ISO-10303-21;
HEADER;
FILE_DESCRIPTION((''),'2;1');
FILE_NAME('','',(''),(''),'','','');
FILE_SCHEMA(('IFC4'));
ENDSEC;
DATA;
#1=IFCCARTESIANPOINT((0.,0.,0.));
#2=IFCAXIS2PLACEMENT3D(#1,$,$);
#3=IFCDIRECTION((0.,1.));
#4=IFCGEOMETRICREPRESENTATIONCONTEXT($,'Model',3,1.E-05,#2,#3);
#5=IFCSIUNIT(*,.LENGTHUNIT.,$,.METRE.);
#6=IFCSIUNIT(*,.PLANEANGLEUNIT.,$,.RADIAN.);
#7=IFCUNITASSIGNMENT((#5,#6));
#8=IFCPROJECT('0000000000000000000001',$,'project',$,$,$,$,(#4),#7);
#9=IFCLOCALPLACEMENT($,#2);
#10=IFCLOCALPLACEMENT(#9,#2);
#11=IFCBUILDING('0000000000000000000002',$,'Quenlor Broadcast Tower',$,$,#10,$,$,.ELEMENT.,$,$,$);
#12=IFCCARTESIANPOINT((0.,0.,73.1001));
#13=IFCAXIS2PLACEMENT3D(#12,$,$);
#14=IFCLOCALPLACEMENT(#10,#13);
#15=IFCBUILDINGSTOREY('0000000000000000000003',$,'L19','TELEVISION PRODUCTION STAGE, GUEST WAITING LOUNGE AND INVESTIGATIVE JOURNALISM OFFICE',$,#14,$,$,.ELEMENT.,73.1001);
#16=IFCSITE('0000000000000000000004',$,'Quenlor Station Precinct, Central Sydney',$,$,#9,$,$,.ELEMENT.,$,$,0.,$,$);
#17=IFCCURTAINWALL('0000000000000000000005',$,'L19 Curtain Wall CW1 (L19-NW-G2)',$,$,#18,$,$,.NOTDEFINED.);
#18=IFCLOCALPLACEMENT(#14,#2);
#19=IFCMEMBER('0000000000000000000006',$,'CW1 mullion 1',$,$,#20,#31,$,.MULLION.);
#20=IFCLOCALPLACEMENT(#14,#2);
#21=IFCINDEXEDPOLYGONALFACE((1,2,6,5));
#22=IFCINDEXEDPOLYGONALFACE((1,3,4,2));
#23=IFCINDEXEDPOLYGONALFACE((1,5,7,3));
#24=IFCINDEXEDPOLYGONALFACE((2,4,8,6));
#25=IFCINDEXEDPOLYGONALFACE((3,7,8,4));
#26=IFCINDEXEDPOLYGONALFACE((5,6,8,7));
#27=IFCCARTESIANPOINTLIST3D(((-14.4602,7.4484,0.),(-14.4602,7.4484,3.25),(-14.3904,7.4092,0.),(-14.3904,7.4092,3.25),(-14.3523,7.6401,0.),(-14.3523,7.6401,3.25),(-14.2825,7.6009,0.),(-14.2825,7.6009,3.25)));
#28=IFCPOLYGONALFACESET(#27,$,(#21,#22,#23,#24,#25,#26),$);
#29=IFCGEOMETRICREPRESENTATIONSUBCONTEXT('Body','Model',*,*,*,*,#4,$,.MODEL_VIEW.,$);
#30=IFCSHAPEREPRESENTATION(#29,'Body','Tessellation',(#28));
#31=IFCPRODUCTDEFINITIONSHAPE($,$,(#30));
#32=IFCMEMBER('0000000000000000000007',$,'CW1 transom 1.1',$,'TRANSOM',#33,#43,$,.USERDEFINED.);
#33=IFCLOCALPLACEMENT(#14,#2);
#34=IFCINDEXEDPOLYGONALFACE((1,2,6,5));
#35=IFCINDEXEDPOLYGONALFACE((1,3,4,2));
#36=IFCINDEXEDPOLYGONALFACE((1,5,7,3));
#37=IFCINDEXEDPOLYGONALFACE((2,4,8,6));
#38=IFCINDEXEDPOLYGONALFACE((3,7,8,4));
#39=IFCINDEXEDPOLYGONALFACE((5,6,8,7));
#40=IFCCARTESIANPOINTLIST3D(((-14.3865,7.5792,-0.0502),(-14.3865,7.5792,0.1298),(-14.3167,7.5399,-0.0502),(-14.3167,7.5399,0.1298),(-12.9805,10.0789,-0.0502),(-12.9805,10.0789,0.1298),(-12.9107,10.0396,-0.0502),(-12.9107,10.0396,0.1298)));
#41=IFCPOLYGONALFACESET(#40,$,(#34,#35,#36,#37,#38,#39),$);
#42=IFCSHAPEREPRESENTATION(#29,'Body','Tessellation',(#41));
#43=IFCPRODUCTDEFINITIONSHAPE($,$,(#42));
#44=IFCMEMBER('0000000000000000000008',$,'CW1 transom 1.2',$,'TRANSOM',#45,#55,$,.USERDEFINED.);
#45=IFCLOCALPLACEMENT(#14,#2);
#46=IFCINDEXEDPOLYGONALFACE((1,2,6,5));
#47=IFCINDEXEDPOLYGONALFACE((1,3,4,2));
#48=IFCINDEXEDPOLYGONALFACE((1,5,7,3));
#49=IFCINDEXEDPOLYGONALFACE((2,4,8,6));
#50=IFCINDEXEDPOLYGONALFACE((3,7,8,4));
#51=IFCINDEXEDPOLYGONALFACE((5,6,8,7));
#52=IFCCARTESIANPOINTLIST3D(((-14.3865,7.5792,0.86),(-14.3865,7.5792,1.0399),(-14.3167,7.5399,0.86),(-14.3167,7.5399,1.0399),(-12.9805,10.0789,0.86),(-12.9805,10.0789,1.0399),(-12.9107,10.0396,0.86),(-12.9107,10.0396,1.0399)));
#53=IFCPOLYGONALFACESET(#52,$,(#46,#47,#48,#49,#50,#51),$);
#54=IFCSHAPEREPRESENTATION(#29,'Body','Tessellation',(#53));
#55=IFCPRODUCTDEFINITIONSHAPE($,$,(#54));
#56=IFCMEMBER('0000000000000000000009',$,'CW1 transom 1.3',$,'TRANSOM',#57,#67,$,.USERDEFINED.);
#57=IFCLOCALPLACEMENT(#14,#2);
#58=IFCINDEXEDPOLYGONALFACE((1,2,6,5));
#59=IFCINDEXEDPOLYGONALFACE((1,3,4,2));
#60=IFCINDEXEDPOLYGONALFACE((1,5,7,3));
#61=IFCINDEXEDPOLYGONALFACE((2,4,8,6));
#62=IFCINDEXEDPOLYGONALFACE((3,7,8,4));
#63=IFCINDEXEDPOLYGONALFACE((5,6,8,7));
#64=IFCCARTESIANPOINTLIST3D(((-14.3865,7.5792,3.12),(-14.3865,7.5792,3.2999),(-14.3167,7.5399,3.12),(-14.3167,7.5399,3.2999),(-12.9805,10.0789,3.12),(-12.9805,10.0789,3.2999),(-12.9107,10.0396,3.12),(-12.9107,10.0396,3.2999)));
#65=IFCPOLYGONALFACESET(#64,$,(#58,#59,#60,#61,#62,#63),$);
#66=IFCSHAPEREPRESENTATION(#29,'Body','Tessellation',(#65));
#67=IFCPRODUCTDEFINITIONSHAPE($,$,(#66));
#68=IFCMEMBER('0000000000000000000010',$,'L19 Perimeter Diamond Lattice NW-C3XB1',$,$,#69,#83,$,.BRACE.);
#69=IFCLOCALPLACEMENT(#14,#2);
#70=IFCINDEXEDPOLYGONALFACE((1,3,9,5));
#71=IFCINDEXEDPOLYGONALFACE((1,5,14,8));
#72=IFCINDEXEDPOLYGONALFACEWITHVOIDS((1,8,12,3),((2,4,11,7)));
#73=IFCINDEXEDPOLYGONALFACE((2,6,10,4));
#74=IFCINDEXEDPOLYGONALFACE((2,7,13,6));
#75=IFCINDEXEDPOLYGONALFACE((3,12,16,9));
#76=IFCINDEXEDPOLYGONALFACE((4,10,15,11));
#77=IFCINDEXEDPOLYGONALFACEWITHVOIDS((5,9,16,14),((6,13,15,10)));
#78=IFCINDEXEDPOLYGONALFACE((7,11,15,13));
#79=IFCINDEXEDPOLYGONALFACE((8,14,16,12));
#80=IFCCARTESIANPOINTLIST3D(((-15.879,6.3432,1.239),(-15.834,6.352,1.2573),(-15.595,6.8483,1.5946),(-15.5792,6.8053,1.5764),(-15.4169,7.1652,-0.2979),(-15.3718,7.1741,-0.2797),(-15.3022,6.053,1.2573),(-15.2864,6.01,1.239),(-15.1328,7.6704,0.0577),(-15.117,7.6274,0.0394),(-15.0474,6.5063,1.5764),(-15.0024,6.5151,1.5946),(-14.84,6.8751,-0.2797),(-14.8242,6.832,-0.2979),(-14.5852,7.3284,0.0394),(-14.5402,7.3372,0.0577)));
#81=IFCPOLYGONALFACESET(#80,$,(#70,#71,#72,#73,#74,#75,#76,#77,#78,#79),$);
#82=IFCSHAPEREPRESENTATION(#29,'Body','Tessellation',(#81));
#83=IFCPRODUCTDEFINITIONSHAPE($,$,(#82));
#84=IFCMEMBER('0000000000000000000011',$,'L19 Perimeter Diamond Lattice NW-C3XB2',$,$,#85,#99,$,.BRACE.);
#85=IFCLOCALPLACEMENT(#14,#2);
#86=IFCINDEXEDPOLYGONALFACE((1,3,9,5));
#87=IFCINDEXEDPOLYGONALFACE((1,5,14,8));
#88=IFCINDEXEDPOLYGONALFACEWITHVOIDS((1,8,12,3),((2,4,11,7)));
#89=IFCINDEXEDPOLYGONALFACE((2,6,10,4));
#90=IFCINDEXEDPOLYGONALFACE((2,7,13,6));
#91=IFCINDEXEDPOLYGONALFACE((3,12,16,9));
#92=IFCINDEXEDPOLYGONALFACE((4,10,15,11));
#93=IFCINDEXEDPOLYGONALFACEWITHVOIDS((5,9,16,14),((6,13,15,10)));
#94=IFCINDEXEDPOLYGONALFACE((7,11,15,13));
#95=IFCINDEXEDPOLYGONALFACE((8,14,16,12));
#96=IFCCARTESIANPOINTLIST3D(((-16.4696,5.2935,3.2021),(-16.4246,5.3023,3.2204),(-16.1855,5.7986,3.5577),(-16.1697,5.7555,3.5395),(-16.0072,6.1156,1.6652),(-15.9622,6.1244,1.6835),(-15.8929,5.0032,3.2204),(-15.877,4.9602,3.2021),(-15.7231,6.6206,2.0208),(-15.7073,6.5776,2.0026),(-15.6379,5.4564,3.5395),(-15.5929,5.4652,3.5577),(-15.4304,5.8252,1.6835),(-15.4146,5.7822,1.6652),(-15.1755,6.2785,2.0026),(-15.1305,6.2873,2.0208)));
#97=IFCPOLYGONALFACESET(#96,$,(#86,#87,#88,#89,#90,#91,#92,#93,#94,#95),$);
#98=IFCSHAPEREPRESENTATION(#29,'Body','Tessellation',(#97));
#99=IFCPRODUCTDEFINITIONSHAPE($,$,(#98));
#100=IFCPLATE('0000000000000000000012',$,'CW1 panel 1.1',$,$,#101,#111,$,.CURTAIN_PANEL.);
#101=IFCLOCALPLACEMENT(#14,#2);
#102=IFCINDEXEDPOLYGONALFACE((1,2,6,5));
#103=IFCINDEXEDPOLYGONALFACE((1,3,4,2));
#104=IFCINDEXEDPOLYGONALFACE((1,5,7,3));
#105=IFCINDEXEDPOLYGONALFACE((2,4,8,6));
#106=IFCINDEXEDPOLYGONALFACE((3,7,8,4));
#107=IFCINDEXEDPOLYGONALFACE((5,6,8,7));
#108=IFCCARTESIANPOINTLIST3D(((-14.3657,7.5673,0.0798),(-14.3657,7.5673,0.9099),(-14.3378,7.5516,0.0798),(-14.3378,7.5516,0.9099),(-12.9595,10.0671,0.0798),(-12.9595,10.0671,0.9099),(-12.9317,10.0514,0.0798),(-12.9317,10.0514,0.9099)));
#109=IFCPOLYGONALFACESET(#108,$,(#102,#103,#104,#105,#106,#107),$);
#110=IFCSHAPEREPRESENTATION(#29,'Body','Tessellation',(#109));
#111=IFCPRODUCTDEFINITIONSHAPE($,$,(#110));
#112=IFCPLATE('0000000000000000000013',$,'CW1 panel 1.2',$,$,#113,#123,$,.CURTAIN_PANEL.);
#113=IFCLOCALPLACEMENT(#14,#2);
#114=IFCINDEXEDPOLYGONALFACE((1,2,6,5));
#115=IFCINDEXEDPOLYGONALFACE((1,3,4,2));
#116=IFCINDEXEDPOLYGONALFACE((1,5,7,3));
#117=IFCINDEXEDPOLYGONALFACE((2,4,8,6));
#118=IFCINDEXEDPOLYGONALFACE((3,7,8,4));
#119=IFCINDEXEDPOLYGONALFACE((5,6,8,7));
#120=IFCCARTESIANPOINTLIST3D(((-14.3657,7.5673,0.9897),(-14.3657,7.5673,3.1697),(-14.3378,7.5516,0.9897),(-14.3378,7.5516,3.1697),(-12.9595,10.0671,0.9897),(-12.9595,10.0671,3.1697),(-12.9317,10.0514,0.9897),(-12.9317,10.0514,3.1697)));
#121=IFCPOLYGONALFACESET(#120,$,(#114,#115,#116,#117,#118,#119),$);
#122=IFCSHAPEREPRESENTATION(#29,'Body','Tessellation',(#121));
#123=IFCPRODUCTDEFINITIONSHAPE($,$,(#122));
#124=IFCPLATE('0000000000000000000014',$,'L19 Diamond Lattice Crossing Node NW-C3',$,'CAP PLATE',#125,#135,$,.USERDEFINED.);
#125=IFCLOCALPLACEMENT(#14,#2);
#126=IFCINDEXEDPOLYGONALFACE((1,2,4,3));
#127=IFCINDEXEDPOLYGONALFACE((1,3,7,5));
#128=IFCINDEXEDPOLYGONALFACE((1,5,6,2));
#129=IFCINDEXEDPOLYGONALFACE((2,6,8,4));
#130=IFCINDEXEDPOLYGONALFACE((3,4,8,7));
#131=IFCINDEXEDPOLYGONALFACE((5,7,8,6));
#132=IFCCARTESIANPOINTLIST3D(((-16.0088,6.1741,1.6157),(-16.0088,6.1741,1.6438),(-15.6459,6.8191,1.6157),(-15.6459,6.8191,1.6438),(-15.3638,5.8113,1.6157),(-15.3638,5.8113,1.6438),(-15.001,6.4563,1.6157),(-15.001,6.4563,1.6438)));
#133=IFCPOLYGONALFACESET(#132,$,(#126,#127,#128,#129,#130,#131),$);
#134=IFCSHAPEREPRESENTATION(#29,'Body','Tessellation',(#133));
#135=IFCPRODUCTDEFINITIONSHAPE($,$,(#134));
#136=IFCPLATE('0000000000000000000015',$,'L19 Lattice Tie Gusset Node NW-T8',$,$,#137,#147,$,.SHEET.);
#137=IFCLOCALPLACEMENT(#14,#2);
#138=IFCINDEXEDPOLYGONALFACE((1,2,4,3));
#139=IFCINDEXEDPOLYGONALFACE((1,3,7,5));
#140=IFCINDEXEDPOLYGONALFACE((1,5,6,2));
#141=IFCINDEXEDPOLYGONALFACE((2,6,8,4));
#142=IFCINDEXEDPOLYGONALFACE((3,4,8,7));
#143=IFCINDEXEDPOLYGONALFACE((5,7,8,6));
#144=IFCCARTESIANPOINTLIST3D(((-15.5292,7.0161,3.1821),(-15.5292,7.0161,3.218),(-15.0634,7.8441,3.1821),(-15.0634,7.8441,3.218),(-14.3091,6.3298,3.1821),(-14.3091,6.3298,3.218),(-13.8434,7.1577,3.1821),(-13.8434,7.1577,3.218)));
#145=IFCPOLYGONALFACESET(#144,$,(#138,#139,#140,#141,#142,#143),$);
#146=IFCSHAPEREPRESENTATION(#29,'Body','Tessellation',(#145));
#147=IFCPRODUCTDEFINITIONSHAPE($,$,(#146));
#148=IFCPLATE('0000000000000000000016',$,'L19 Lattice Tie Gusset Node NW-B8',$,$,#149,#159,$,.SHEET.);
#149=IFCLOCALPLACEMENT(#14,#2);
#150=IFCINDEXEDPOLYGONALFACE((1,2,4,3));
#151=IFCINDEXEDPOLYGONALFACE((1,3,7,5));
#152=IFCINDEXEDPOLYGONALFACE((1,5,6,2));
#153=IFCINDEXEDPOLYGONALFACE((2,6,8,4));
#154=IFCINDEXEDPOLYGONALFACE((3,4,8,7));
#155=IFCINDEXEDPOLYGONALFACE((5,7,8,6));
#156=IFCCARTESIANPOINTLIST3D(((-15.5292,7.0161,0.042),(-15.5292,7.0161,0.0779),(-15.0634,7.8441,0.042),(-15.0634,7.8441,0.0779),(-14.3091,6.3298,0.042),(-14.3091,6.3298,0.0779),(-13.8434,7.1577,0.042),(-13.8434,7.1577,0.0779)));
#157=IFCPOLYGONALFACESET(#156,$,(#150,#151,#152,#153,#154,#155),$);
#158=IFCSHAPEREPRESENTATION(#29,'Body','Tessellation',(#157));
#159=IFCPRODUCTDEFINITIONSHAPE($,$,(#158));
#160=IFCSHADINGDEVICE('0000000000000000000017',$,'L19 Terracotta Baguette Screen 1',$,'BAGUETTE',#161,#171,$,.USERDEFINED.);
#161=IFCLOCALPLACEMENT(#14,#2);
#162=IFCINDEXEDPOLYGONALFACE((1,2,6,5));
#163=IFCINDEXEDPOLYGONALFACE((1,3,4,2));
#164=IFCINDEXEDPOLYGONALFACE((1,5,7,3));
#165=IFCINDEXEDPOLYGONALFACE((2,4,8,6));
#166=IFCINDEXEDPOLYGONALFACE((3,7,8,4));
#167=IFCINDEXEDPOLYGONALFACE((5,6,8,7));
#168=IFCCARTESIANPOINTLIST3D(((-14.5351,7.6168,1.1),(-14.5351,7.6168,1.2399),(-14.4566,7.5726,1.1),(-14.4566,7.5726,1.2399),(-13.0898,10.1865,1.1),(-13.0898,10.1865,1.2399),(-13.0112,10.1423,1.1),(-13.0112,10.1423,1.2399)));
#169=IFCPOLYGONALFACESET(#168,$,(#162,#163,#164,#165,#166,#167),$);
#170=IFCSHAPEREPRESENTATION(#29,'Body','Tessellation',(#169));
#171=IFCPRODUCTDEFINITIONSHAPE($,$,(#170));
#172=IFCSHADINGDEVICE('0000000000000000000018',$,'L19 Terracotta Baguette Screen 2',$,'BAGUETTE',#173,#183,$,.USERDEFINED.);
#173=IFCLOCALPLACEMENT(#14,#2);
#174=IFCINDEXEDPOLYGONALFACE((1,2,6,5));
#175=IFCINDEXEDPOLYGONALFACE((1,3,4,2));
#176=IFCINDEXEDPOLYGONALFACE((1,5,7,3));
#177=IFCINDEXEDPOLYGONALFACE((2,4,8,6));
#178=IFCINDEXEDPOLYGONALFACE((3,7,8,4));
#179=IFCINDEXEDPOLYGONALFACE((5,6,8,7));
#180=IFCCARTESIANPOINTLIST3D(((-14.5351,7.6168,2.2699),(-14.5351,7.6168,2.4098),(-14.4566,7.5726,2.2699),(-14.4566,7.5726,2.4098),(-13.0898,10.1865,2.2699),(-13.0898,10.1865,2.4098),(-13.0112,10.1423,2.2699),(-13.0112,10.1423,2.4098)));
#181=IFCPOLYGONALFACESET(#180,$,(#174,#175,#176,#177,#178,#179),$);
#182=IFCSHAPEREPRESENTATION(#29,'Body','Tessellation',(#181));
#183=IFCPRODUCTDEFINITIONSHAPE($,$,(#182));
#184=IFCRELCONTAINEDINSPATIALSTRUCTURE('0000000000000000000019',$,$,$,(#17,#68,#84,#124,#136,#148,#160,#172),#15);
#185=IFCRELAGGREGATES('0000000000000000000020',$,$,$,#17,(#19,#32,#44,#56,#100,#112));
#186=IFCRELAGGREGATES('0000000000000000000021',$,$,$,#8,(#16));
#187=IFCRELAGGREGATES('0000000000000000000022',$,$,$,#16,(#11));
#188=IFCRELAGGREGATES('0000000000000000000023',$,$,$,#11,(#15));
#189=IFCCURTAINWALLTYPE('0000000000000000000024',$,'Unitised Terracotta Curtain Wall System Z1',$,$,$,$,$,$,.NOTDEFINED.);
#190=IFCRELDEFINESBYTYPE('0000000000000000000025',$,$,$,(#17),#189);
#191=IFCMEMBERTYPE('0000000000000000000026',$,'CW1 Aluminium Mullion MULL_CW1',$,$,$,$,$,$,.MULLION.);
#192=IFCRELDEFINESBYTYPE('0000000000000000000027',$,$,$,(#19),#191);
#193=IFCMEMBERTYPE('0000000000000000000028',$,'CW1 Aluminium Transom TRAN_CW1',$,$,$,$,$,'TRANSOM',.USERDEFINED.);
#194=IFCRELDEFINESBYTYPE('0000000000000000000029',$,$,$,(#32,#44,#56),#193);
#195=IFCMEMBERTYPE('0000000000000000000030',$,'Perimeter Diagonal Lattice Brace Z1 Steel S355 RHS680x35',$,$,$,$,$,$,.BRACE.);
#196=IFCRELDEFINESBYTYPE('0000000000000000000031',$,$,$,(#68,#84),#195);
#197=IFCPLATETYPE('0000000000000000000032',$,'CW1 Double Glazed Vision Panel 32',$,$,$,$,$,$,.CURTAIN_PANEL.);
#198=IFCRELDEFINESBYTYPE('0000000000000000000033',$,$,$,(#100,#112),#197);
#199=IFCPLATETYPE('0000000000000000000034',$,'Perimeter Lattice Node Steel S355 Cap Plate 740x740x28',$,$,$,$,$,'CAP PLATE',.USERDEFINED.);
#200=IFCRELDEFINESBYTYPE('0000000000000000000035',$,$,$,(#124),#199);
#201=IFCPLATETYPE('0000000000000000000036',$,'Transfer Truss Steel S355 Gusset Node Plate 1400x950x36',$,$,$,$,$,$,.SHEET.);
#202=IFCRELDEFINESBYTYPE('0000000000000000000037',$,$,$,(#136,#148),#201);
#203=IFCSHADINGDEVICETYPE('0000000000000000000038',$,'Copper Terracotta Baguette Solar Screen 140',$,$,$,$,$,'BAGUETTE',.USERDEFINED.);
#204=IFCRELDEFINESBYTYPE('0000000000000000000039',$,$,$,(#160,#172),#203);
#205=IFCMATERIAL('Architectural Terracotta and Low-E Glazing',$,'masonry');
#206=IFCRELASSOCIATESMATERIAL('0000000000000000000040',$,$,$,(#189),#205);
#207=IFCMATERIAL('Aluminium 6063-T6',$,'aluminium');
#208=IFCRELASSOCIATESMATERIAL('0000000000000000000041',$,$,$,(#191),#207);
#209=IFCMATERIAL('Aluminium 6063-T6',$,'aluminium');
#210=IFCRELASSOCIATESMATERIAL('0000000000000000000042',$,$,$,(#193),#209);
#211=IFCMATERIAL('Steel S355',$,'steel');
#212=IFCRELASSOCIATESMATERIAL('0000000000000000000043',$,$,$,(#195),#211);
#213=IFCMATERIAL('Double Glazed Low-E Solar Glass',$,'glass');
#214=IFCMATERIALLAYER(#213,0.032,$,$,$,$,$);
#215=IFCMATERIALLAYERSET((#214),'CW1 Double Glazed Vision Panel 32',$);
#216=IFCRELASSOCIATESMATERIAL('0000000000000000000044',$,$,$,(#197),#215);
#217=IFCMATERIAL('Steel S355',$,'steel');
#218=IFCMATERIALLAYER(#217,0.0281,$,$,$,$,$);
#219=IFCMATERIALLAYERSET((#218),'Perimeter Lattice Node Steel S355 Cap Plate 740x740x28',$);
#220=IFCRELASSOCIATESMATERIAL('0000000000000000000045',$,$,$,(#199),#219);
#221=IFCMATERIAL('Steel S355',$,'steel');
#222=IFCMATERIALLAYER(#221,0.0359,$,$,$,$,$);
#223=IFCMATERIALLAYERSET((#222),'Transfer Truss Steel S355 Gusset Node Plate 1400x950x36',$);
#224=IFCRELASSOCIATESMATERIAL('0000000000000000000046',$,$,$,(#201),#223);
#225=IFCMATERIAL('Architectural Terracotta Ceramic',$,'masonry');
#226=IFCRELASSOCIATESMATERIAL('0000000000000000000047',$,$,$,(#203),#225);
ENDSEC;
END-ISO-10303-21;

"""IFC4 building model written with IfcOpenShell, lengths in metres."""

from ifc_helpers import new_model, si_unit, direction, frame, origin, origin_2d, place, context, subcontext, project, spatial, rectangle, hollow_rectangle, extrude, material, layer, layer_set, material_profile, profile_set, type_object, element, aggregate, save


model = new_model("IFC4")

# Units and contexts
model_context = context("Model", 3, precision=1e-05, world=origin(), true_north=direction((0.0, 1.0)))
body_context = subcontext(model_context, "Body", "Model", "MODEL_VIEW")
ifc_project = project(units=[si_unit("LENGTHUNIT", "METRE"), si_unit("PLANEANGLEUNIT", "RADIAN")], contexts=[model_context])

# Site, building, storey
site_placement = place(None, origin())
site = spatial("IfcSite", under=ifc_project, at=site_placement, Name="Quenlor Station Precinct, Central Sydney", CompositionType="ELEMENT", RefElevation=0.0)
building_placement = place(site_placement, origin())
building = spatial("IfcBuilding", under=site, at=building_placement, Name="Quenlor Broadcast Tower", CompositionType="ELEMENT")
storey_placement = place(building_placement, frame((0.0, 0.0, 73.1001)))
storey = spatial("IfcBuildingStorey", under=building, at=storey_placement, Name="L19", Description="TELEVISION PRODUCTION STAGE, GUEST WAITING LOUNGE AND INVESTIGATIVE JOURNALISM OFFICE", CompositionType="ELEMENT", Elevation=73.1001)

# Curtain wall, members
ifc_material_1 = material(Name="Architectural Terracotta and Low-E Glazing", Category="masonry")
curtain_wall_type = type_object("IfcCurtainWallType", Name="Unitised Terracotta Curtain Wall System Z1", PredefinedType="NOTDEFINED", material=ifc_material_1)
curtain_wall_placement = place(storey_placement, origin())
curtain_wall = element("IfcCurtainWall", 1, at=curtain_wall_placement, inside=storey, type_object=curtain_wall_type, Name="L19 Curtain Wall CW1 (L19-NW-G2)", PredefinedType="NOTDEFINED")
ifc_material_2 = material(Name="Aluminium 6063-T6", Category="aluminium")
ifc_material_profile_1 = material_profile(ifc_material_2, rectangle(XDim=0.0801, YDim=0.22, at=origin_2d()))
ifc_profile_set_1 = profile_set([ifc_material_profile_1], Name="Aluminium 6063-T6 MULL80x220")
member_type_1 = type_object("IfcMemberType", Name="CW1 Aluminium Mullion MULL_CW1", PredefinedType="MULLION", material=ifc_profile_set_1)
member_1_placement = place(storey_placement, frame((-14.3713, 7.5247, 0.0), z_axis=(0.0, 0.0, 1.0), x_axis=(-0.871568, 0.490274, 0.0)))
member_1 = element("IfcMember", 2, at=member_1_placement, type_object=member_type_1, Name="CW1 mullion 1", PredefinedType="MULLION", context=body_context, shape_type="SweptSolid", body=[
    extrude(rectangle(XDim=0.0801, YDim=0.22, at=origin_2d()), origin(), (0.0, 0.0, 1.0), 3.25),
])
ifc_material_3 = material(Name="Aluminium 6063-T6", Category="aluminium")
ifc_material_profile_2 = material_profile(ifc_material_3, rectangle(XDim=0.0801, YDim=0.1799, at=origin_2d()))
ifc_profile_set_2 = profile_set([ifc_material_profile_2], Name="Aluminium 6063-T6 TRAN80x180")
member_type_2 = type_object("IfcMemberType", Name="CW1 Aluminium Transom TRAN_CW1", ElementType="TRANSOM", PredefinedType="USERDEFINED", material=ifc_profile_set_2)
member_2_placement = place(storey_placement, frame((-14.3516, 7.5596, 0.0398), z_axis=(0.490233, 0.871591, 0.0), x_axis=(-0.871591, 0.490233, 0.0)))
member_2 = element("IfcMember", 3, at=member_2_placement, type_object=member_type_2, Name="CW1 transom 1.1", ObjectType="TRANSOM", PredefinedType="USERDEFINED", context=body_context, shape_type="SweptSolid", body=[
    extrude(rectangle(XDim=0.0801, YDim=0.1799, at=origin_2d()), origin(), (0.0, 0.0, 1.0), 2.8679),
])
member_3_placement = place(storey_placement, frame((-14.3516, 7.5596, 0.95), z_axis=(0.490233, 0.871591, 0.0), x_axis=(-0.871591, 0.490233, 0.0)))
member_3 = element("IfcMember", 4, at=member_3_placement, type_object=member_type_2, Name="CW1 transom 1.2", ObjectType="TRANSOM", PredefinedType="USERDEFINED", context=body_context, shape_type="SweptSolid", body=[
    extrude(rectangle(XDim=0.0801, YDim=0.1799, at=origin_2d()), origin(), (0.0, 0.0, 1.0), 2.8679),
])
member_4_placement = place(storey_placement, frame((-14.3516, 7.5596, 3.21), z_axis=(0.490233, 0.871591, 0.0), x_axis=(-0.871591, 0.490233, 0.0)))
member_4 = element("IfcMember", 5, at=member_4_placement, type_object=member_type_2, Name="CW1 transom 1.3", ObjectType="TRANSOM", PredefinedType="USERDEFINED", context=body_context, shape_type="SweptSolid", body=[
    extrude(rectangle(XDim=0.0801, YDim=0.1799, at=origin_2d()), origin(), (0.0, 0.0, 1.0), 2.8679),
])

# Members
ifc_material_4 = material(Name="Steel S355", Category="steel")
ifc_material_profile_3 = material_profile(ifc_material_4, hollow_rectangle(XDim=0.6799, YDim=0.6799, WallThickness=0.0349, at=origin_2d()))
ifc_profile_set_3 = profile_set([ifc_material_profile_3], Name="Steel S355 RHS680x680x35")
member_type_3 = type_object("IfcMemberType", Name="Perimeter Diagonal Lattice Brace Z1 Steel S355 RHS680x35", PredefinedType="BRACE", material=ifc_profile_set_3)
for number, where, z_axis, x_axis, name in (
    (6, (-14.9785, 7.2512, -0.1201), (-0.256309, -0.455887, 0.852334), (0.871679, -0.490077, 0.0), "L19 Perimeter Diamond Lattice NW-C3XB1"),
    (7, (-15.5688, 6.2014, 1.843), (-0.256436, -0.455871, 0.852304), (0.871569, -0.490274, 0.0), "L19 Perimeter Diamond Lattice NW-C3XB2"),
):
    element("IfcMember", number, at=place(storey_placement, frame(where, z_axis=z_axis, x_axis=x_axis)), inside=storey, type_object=member_type_3, Name=name, PredefinedType="BRACE", context=body_context, shape_type="SweptSolid", body=[
        extrude(hollow_rectangle(XDim=0.6799, YDim=0.6799, WallThickness=0.0349, at=origin_2d()), origin(), (0.0, 0.0, 1.0), 1.8032),
    ])

# Plates
ifc_material_5 = material(Name="Double Glazed Low-E Solar Glass", Category="glass")
ifc_layer_1 = layer(ifc_material_5, 0.032)
ifc_layer_set_1 = layer_set([ifc_layer_1], Name="CW1 Double Glazed Vision Panel 32")
plate_type_1 = type_object("IfcPlateType", Name="CW1 Double Glazed Vision Panel 32", PredefinedType="CURTAIN_PANEL", material=ifc_layer_set_1)
plate_1_placement = place(storey_placement, frame((-13.6487, 8.8093, 0.0798), z_axis=(0.0, 0.0, 1.0), x_axis=(0.490274, 0.871568, 0.0)))
plate_1 = element("IfcPlate", 8, at=plate_1_placement, type_object=plate_type_1, Name="CW1 panel 1.1", PredefinedType="CURTAIN_PANEL", context=body_context, shape_type="SweptSolid", body=[
    extrude(rectangle(XDim=2.8682, YDim=0.032, at=origin_2d()), origin(), (0.0, 0.0, 1.0), 0.8301),
])
plate_2_placement = place(storey_placement, frame((-13.6487, 8.8093, 0.9897), z_axis=(0.0, 0.0, 1.0), x_axis=(0.490274, 0.871568, 0.0)))
plate_2 = element("IfcPlate", 9, at=plate_2_placement, type_object=plate_type_1, Name="CW1 panel 1.2", PredefinedType="CURTAIN_PANEL", context=body_context, shape_type="SweptSolid", body=[
    extrude(rectangle(XDim=2.8682, YDim=0.032, at=origin_2d()), origin(), (0.0, 0.0, 1.0), 2.1799),
])
aggregate(curtain_wall, [member_1, member_2, member_3, member_4, plate_1, plate_2])

# Plates
ifc_material_6 = material(Name="Steel S355", Category="steel")
ifc_layer_2 = layer(ifc_material_6, 0.0281)
ifc_layer_set_2 = layer_set([ifc_layer_2], Name="Perimeter Lattice Node Steel S355 Cap Plate 740x740x28")
plate_type_2 = type_object("IfcPlateType", Name="Perimeter Lattice Node Steel S355 Cap Plate 740x740x28", ElementType="CAP PLATE", PredefinedType="USERDEFINED", material=ifc_layer_set_2)
plate_3_placement = place(storey_placement, frame((-15.5049, 6.3152, 1.6157), z_axis=(0.0, 0.0, 1.0), x_axis=(0.490295, 0.871556, 0.0)))
element("IfcPlate", 10, at=plate_3_placement, inside=storey, type_object=plate_type_2, Name="L19 Diamond Lattice Crossing Node NW-C3", ObjectType="CAP PLATE", PredefinedType="USERDEFINED", context=body_context, shape_type="SweptSolid", body=[
    extrude(rectangle(XDim=0.74, YDim=0.74, at=origin_2d()), origin(), (0.0, 0.0, 1.0), 0.0281),
])
ifc_material_7 = material(Name="Steel S355", Category="steel")
ifc_layer_3 = layer(ifc_material_7, 0.0359)
ifc_layer_set_3 = layer_set([ifc_layer_3], Name="Transfer Truss Steel S355 Gusset Node Plate 1400x950x36")
plate_type_3 = type_object("IfcPlateType", Name="Transfer Truss Steel S355 Gusset Node Plate 1400x950x36", PredefinedType="SHEET", material=ifc_layer_set_3)
for number, where, z_axis, x_axis, name in (
    (11, (-14.6863, 7.0869, 3.1821), (0.0, 0.0, 1.0), (-0.871556, 0.490295, 0.0), "L19 Lattice Tie Gusset Node NW-T8"),
    (12, (-14.6863, 7.0869, 0.042), (0.0, 0.0, 1.0), (-0.871556, 0.490295, 0.0), "L19 Lattice Tie Gusset Node NW-B8"),
):
    element("IfcPlate", number, at=place(storey_placement, frame(where, z_axis=z_axis, x_axis=x_axis)), inside=storey, type_object=plate_type_3, Name=name, PredefinedType="SHEET", context=body_context, shape_type="SweptSolid", body=[
        extrude(rectangle(XDim=1.3999, YDim=0.95, at=origin_2d()), origin(), (0.0, 0.0, 1.0), 0.0359),
    ])

# Shading devices
ifc_material_8 = material(Name="Architectural Terracotta Ceramic", Category="masonry")
ifc_material_profile_4 = material_profile(ifc_material_8, rectangle(XDim=0.0901, YDim=0.1399, at=origin_2d()))
ifc_profile_set_4 = profile_set([ifc_material_profile_4], Name="Architectural Terracotta Ceramic BAG90x140")
shading_device_type = type_object("IfcShadingDeviceType", Name="Copper Terracotta Baguette Solar Screen 140", ElementType="BAGUETTE", PredefinedType="USERDEFINED", material=ifc_profile_set_4)
for number, where, z_axis, x_axis, name in (
    (13, (-14.4958, 7.5947, 1.1699), (0.490242, 0.871587, 0.0), (-0.871587, 0.490242, 0.0), "L19 Terracotta Baguette Screen 1"),
    (14, (-14.4958, 7.5947, 2.3398), (0.490242, 0.871587, 0.0), (-0.871587, 0.490242, 0.0), "L19 Terracotta Baguette Screen 2"),
):
    element("IfcShadingDevice", number, at=place(storey_placement, frame(where, z_axis=z_axis, x_axis=x_axis)), inside=storey, type_object=shading_device_type, Name=name, ObjectType="BAGUETTE", PredefinedType="USERDEFINED", context=body_context, shape_type="SweptSolid", body=[
        extrude(rectangle(XDim=0.0901, YDim=0.1399, at=origin_2d()), origin(), (0.0, 0.0, 1.0), 2.9482),
    ])

save(model, "model.ifc")
